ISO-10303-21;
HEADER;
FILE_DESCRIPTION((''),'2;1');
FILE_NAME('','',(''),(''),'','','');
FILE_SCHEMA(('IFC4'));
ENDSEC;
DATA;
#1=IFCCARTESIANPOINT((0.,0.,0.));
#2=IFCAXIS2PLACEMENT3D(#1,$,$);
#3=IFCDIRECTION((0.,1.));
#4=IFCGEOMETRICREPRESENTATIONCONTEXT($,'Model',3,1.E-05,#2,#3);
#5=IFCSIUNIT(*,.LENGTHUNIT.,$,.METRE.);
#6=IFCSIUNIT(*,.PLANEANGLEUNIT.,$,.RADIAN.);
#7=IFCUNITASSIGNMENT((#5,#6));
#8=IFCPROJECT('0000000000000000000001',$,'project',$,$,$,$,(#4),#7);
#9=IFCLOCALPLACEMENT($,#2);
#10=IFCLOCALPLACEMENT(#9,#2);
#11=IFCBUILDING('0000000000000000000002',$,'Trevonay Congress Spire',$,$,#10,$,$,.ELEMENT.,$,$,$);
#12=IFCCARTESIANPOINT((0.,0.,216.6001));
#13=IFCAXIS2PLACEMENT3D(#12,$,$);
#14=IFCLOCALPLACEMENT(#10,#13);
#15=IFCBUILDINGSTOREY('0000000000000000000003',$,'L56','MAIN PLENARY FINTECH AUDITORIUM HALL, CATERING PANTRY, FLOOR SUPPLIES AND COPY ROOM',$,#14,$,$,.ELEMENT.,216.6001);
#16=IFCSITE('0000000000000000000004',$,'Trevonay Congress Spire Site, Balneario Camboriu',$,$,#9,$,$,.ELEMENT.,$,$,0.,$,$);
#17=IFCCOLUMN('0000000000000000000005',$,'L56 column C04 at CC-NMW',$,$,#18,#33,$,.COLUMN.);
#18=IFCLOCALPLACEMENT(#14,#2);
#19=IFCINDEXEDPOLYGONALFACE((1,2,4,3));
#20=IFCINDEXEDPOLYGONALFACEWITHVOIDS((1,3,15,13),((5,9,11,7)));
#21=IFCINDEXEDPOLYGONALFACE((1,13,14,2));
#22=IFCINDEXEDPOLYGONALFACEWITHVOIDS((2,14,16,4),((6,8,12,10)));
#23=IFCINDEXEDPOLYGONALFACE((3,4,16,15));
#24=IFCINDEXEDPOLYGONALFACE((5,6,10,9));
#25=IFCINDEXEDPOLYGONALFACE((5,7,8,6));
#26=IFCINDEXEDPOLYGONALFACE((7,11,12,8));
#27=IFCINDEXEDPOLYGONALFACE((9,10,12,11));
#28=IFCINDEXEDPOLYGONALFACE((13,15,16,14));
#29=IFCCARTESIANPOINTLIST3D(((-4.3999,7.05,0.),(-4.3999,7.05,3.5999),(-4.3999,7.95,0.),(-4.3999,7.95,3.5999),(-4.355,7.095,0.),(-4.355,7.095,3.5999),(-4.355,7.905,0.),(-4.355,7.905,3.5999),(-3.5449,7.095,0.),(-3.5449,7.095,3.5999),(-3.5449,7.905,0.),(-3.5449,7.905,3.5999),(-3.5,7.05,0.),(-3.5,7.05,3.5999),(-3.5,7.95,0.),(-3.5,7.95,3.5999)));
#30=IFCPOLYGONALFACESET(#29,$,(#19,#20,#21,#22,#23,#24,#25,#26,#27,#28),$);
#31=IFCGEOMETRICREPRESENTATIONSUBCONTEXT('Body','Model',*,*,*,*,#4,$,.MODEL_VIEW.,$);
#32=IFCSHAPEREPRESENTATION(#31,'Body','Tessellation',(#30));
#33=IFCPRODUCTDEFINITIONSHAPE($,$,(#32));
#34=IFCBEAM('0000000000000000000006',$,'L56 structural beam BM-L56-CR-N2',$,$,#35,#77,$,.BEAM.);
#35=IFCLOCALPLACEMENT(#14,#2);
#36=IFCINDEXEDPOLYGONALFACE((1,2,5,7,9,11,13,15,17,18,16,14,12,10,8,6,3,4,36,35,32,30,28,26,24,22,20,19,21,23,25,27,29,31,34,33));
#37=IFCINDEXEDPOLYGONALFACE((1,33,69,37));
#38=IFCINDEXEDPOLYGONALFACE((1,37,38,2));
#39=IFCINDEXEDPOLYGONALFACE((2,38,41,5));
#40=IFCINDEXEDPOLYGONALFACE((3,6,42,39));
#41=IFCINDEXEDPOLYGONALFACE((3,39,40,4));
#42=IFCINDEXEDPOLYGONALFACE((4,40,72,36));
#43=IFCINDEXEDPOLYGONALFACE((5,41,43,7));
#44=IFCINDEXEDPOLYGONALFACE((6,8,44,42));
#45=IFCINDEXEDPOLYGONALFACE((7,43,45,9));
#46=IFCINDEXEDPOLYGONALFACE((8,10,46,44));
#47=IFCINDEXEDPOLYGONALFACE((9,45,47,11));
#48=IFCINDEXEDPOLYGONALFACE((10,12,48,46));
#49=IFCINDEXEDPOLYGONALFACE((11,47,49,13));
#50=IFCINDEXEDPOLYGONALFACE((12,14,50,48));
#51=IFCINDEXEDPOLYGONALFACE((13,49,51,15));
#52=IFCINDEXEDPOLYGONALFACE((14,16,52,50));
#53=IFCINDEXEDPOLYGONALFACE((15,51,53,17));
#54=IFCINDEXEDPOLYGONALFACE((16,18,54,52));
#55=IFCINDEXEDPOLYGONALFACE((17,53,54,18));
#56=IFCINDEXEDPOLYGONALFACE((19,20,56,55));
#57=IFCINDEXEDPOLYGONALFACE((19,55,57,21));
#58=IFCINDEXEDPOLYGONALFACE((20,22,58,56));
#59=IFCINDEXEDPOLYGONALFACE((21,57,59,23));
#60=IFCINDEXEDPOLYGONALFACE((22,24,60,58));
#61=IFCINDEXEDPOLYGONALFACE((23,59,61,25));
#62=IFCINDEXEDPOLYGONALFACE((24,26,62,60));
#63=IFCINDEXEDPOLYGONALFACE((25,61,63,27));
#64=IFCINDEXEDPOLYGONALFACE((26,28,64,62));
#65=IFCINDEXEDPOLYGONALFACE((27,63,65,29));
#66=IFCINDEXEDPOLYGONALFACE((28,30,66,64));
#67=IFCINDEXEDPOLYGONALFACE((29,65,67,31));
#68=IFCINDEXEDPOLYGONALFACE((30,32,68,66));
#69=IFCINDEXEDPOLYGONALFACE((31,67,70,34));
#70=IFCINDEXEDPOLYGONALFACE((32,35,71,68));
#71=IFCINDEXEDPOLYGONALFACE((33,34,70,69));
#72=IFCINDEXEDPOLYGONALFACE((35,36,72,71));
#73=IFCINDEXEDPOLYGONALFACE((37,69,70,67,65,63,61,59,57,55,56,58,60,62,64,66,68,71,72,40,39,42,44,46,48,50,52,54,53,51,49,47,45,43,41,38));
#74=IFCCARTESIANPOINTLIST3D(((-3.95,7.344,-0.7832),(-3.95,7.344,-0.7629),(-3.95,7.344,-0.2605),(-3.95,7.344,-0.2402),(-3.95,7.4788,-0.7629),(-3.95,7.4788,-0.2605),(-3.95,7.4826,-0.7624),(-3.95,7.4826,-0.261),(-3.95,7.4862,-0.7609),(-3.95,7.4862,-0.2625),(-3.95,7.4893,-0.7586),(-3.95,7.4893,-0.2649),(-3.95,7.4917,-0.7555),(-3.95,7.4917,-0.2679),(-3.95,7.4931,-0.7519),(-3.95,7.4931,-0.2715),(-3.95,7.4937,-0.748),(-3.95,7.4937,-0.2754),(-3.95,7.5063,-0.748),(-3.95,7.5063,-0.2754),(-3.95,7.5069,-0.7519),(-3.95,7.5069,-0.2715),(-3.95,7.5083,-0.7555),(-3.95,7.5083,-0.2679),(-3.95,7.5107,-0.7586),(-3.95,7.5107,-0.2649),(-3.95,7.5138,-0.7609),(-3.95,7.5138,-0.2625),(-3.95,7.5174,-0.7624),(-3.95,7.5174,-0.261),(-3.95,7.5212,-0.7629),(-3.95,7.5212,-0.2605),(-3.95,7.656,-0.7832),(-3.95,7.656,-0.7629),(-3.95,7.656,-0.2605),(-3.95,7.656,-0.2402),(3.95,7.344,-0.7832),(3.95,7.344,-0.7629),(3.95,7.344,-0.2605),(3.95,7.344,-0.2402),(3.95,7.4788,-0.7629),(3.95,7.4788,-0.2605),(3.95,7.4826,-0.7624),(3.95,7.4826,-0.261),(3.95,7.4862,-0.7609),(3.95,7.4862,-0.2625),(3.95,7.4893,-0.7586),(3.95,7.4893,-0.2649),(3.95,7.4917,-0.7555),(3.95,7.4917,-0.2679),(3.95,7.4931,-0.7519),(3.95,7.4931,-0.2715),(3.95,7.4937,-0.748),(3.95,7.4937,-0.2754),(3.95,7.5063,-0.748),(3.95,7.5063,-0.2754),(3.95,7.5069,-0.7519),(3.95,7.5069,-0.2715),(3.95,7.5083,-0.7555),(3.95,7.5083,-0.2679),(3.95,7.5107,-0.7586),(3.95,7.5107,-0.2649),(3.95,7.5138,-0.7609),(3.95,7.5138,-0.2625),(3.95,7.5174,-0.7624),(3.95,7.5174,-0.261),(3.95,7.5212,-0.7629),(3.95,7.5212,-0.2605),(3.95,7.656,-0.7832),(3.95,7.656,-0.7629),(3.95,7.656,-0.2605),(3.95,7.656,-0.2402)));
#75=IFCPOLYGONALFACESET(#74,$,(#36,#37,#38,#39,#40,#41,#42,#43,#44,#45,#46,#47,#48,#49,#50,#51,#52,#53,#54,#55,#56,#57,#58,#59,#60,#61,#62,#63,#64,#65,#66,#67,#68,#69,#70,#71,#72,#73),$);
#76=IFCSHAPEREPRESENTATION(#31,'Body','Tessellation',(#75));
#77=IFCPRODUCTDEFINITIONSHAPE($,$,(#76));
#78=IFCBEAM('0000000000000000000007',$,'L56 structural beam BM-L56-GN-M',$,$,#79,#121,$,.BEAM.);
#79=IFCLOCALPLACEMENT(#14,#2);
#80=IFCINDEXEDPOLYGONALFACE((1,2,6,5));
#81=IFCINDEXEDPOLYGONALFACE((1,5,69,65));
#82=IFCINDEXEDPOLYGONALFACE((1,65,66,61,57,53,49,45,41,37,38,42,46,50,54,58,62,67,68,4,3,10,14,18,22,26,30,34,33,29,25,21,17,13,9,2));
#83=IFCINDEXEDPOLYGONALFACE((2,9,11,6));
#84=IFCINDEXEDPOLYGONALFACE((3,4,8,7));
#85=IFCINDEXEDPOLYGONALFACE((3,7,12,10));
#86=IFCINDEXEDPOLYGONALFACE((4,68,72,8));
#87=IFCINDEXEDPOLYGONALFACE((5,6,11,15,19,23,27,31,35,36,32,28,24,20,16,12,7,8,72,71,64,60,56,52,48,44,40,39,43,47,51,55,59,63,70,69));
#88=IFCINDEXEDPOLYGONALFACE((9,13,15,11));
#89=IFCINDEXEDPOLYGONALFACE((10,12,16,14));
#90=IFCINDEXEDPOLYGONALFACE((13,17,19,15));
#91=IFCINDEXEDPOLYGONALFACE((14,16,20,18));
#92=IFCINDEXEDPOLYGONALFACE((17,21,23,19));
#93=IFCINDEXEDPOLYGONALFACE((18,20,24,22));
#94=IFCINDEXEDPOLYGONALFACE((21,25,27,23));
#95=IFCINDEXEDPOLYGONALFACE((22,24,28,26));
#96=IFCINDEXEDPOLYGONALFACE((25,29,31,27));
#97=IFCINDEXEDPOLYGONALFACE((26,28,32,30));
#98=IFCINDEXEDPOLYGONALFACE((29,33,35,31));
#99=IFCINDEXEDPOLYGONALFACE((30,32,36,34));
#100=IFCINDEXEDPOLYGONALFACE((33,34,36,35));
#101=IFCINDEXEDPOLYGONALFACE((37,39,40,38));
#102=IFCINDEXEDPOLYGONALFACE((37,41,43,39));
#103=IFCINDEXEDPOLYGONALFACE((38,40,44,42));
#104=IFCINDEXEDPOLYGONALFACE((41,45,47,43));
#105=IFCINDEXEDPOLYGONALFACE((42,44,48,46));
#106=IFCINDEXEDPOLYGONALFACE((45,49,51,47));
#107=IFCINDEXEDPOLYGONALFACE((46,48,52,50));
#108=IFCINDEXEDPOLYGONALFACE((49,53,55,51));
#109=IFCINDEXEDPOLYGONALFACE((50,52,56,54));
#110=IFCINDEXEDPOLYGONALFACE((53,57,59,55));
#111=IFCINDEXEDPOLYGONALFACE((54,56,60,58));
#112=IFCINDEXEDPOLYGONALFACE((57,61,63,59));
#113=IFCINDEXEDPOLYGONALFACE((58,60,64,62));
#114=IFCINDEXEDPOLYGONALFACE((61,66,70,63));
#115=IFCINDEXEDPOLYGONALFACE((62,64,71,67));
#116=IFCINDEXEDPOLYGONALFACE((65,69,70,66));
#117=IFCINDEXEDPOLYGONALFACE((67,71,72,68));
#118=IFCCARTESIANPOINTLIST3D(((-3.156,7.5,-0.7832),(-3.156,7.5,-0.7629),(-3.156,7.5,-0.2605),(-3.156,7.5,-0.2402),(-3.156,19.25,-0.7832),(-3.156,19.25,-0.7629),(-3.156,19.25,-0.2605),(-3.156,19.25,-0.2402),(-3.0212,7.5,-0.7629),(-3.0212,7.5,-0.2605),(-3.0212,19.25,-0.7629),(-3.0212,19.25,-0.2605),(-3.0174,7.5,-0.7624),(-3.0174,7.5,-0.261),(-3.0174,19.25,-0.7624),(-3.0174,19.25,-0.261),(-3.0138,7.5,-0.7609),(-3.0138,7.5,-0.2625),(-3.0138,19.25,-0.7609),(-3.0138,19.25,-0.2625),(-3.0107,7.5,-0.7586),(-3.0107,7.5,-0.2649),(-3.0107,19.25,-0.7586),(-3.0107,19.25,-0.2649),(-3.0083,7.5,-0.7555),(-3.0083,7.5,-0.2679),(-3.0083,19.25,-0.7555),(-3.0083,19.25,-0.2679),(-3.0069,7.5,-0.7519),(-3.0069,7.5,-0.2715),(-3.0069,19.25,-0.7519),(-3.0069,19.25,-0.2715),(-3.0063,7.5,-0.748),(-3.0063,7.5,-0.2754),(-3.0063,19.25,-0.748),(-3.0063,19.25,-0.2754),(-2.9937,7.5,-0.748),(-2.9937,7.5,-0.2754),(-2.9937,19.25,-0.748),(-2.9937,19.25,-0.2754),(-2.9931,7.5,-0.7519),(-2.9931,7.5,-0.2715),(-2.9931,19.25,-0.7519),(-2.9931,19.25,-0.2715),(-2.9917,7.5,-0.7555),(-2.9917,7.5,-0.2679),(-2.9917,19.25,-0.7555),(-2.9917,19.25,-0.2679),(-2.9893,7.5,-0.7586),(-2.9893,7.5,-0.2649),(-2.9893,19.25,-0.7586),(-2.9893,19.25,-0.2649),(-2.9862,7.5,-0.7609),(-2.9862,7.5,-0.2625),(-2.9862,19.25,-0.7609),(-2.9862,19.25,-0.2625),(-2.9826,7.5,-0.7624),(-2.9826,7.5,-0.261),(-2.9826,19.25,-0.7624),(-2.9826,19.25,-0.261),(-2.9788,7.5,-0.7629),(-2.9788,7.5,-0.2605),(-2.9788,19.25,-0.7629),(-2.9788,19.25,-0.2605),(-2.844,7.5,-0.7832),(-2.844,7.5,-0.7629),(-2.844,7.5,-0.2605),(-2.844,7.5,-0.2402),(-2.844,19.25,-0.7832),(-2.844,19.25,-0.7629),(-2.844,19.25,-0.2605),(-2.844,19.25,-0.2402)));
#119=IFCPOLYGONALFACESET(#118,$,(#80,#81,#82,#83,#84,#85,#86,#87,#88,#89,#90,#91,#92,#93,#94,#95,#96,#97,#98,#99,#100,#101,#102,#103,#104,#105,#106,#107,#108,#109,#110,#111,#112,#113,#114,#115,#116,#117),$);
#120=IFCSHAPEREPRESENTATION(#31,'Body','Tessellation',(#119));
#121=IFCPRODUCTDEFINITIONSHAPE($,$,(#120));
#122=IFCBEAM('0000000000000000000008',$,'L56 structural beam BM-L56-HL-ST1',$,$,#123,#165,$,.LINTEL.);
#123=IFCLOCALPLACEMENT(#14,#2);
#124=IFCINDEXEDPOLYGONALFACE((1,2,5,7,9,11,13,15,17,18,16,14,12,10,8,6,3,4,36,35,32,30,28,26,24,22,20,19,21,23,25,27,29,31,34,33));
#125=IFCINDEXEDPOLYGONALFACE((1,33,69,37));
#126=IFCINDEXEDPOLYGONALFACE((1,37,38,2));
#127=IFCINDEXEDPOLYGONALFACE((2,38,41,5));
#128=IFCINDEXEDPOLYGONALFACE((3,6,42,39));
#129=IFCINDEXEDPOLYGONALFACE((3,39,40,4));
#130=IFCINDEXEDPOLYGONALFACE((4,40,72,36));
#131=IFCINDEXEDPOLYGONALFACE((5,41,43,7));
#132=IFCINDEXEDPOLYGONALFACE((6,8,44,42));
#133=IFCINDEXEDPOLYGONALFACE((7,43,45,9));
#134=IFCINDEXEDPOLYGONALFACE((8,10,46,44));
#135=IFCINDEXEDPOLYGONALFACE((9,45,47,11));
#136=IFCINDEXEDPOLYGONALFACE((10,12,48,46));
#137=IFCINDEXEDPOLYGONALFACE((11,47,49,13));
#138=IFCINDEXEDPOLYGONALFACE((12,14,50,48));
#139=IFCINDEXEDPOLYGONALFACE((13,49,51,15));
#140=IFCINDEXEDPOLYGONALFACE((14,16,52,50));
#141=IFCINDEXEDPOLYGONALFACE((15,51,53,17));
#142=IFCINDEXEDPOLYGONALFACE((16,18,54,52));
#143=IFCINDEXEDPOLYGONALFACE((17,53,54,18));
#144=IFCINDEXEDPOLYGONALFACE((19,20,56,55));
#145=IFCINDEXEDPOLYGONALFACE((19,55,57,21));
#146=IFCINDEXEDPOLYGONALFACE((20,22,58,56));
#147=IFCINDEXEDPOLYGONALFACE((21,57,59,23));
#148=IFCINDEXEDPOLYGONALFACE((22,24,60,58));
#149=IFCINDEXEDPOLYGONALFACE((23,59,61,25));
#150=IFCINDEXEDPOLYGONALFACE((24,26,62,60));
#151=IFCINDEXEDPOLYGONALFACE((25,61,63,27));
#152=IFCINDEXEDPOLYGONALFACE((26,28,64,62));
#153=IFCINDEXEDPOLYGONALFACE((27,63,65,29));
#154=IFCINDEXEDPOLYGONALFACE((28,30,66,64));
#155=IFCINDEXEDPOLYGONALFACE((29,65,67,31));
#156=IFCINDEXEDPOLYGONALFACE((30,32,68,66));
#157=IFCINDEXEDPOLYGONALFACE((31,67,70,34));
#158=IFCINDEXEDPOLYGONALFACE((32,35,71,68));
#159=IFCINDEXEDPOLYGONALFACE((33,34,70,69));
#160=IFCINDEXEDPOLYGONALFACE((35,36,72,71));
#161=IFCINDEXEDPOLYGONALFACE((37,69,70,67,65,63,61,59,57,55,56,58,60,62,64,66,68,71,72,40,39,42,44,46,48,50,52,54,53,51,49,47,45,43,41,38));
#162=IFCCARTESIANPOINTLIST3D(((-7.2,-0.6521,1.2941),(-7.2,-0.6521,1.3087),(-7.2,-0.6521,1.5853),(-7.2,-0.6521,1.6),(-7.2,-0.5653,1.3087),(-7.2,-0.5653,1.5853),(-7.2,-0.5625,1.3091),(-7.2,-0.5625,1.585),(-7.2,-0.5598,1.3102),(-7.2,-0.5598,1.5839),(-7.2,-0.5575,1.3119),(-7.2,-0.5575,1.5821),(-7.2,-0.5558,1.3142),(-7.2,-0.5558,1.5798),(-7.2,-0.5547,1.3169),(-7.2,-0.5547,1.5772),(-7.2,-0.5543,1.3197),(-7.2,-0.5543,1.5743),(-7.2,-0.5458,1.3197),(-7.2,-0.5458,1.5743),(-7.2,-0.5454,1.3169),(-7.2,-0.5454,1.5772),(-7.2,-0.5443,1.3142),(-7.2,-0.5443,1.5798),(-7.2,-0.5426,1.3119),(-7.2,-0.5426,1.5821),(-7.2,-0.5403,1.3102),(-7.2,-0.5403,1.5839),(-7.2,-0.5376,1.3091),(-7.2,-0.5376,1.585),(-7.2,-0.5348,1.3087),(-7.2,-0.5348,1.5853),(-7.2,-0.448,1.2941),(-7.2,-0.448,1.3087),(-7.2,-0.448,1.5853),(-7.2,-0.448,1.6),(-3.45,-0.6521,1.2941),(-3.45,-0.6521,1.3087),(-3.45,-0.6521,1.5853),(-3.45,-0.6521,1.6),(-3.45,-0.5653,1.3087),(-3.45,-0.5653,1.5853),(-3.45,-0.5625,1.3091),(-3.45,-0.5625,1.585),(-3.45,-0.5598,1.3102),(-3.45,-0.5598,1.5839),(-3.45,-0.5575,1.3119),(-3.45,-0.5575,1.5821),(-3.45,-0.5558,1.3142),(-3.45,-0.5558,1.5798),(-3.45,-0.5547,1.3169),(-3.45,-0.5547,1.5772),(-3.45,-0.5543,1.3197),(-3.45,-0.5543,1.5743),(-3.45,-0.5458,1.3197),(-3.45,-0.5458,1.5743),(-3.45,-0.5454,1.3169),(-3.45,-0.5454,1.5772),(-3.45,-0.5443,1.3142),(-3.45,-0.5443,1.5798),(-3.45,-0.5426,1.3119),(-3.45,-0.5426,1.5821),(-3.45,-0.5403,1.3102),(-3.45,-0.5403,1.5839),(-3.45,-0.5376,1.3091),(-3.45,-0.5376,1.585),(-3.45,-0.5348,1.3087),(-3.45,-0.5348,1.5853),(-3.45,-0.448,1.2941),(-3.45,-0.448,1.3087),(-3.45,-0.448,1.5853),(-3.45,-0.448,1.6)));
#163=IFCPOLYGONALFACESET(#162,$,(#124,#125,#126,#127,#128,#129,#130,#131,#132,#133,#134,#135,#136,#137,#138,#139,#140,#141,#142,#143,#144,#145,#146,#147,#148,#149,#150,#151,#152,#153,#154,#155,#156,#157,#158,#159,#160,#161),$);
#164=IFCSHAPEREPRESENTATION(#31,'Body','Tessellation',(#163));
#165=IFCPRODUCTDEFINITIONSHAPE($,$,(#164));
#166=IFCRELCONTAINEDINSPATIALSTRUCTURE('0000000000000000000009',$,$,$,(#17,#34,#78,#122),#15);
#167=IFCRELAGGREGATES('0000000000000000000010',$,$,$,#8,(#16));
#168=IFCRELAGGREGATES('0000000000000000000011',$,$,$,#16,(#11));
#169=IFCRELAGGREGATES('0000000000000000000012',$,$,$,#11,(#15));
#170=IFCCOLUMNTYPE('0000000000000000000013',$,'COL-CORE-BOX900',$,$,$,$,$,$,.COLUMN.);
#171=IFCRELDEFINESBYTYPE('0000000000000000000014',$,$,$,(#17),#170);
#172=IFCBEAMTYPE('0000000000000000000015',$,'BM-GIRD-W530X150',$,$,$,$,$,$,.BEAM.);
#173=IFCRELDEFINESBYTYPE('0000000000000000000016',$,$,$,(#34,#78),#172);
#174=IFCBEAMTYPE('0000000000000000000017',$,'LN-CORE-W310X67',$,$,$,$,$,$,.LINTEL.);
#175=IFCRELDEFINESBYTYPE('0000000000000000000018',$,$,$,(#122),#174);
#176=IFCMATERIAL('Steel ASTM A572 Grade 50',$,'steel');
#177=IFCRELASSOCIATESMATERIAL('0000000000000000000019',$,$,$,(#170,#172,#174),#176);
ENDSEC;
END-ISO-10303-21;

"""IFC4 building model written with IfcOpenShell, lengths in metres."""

from ifc_helpers import new_model, si_unit, direction, frame, origin, origin_2d, place, context, subcontext, project, spatial, hollow_rectangle, i_section, extrude, material, material_profile, profile_set, type_object, element, save


model = new_model("IFC4")

# Units and contexts
model_context = context("Model", 3, precision=1e-05, world=origin(), true_north=direction((0.0, 1.0)))
body_context = subcontext(model_context, "Body", "Model", "MODEL_VIEW")
ifc_project = project(units=[si_unit("LENGTHUNIT", "METRE"), si_unit("PLANEANGLEUNIT", "RADIAN")], contexts=[model_context])

# Site, building, storey
site_placement = place(None, origin())
site = spatial("IfcSite", under=ifc_project, at=site_placement, Name="Trevonay Congress Spire Site, Balneario Camboriu", CompositionType="ELEMENT", RefElevation=0.0)
building_placement = place(site_placement, origin())
building = spatial("IfcBuilding", under=site, at=building_placement, Name="Trevonay Congress Spire", CompositionType="ELEMENT")
storey_placement = place(building_placement, frame((0.0, 0.0, 216.6001)))
storey = spatial("IfcBuildingStorey", under=building, at=storey_placement, Name="L56", Description="MAIN PLENARY FINTECH AUDITORIUM HALL, CATERING PANTRY, FLOOR SUPPLIES AND COPY ROOM", CompositionType="ELEMENT", Elevation=216.6001)

# Column
ifc_material_1 = material(Name="Steel ASTM A572 Grade 50", Category="steel")
ifc_material_profile_1 = material_profile(ifc_material_1, hollow_rectangle(XDim=0.8999, YDim=0.8999, WallThickness=0.0449, at=origin_2d()), Name="BOX 900x900x45")
ifc_profile_set_1 = profile_set([ifc_material_profile_1], Name="Steel ASTM A572 Grade 50")
column_type = type_object("IfcColumnType", Name="COL-CORE-BOX900", PredefinedType="COLUMN", material=ifc_profile_set_1)
column_placement = place(storey_placement, frame((-3.95, 7.5, 0.0), z_axis=(0.0, 0.0, 1.0), x_axis=(1.0, 0.0, 0.0)))
element("IfcColumn", 1, at=column_placement, inside=storey, type_object=column_type, Name="L56 column C04 at CC-NMW", PredefinedType="COLUMN", context=body_context, shape_type="SweptSolid", body=[
    extrude(hollow_rectangle(XDim=0.8999, YDim=0.8999, WallThickness=0.0449, at=origin_2d()), origin(), (0.0, 0.0, 1.0), 3.5999),
])

# Beams
ifc_material_profile_2 = material_profile(ifc_material_1, i_section(OverallWidth=0.312, OverallDepth=0.543, WebThickness=0.0127, FlangeThickness=0.0203, FilletRadius=0.0149, at=origin_2d()), Name="W530x150")
ifc_profile_set_2 = profile_set([ifc_material_profile_2], Name="Steel ASTM A572 Grade 50")
beam_type_1 = type_object("IfcBeamType", Name="BM-GIRD-W530X150", PredefinedType="BEAM", material=ifc_profile_set_2)
beam_1_placement = place(storey_placement, frame((-3.95, 7.5, -0.5117), z_axis=(1.0, 0.0, 0.0), x_axis=(0.0, 1.0, 0.0)))
element("IfcBeam", 2, at=beam_1_placement, inside=storey, type_object=beam_type_1, Name="L56 structural beam BM-L56-CR-N2", PredefinedType="BEAM", context=body_context, shape_type="SweptSolid", body=[
    extrude(i_section(OverallWidth=0.312, OverallDepth=0.543, WebThickness=0.0127, FlangeThickness=0.0203, FilletRadius=0.0149, at=origin_2d()), origin(), (0.0, 0.0, 1.0), 7.8999),
])
beam_2_placement = place(storey_placement, frame((-3.0, 7.5, -0.5117), z_axis=(0.0, 1.0, 0.0), x_axis=(-1.0, 0.0, 0.0)))
element("IfcBeam", 3, at=beam_2_placement, inside=storey, type_object=beam_type_1, Name="L56 structural beam BM-L56-GN-M", PredefinedType="BEAM", context=body_context, shape_type="SweptSolid", body=[
    extrude(i_section(OverallWidth=0.312, OverallDepth=0.543, WebThickness=0.0127, FlangeThickness=0.0203, FilletRadius=0.0149, at=origin_2d()), origin(), (0.0, 0.0, 1.0), 11.75),
])
ifc_material_profile_3 = material_profile(ifc_material_1, i_section(OverallWidth=0.2041, OverallDepth=0.3059, WebThickness=0.0085, FlangeThickness=0.0146, FilletRadius=0.011, at=origin_2d()), Name="W310x67")
ifc_profile_set_3 = profile_set([ifc_material_profile_3], Name="Steel ASTM A572 Grade 50")
beam_type_2 = type_object("IfcBeamType", Name="LN-CORE-W310X67", PredefinedType="LINTEL", material=ifc_profile_set_3)
beam_3_placement = place(storey_placement, frame((-7.2, -0.55, 1.447), z_axis=(1.0, 0.0, 0.0), x_axis=(0.0, 1.0, 0.0)))
element("IfcBeam", 4, at=beam_3_placement, inside=storey, type_object=beam_type_2, Name="L56 structural beam BM-L56-HL-ST1", PredefinedType="LINTEL", context=body_context, shape_type="SweptSolid", body=[
    extrude(i_section(OverallWidth=0.2041, OverallDepth=0.3059, WebThickness=0.0085, FlangeThickness=0.0146, FilletRadius=0.011, at=origin_2d()), origin(), (0.0, 0.0, 1.0), 3.75),
])

save(model, "model.ifc")
